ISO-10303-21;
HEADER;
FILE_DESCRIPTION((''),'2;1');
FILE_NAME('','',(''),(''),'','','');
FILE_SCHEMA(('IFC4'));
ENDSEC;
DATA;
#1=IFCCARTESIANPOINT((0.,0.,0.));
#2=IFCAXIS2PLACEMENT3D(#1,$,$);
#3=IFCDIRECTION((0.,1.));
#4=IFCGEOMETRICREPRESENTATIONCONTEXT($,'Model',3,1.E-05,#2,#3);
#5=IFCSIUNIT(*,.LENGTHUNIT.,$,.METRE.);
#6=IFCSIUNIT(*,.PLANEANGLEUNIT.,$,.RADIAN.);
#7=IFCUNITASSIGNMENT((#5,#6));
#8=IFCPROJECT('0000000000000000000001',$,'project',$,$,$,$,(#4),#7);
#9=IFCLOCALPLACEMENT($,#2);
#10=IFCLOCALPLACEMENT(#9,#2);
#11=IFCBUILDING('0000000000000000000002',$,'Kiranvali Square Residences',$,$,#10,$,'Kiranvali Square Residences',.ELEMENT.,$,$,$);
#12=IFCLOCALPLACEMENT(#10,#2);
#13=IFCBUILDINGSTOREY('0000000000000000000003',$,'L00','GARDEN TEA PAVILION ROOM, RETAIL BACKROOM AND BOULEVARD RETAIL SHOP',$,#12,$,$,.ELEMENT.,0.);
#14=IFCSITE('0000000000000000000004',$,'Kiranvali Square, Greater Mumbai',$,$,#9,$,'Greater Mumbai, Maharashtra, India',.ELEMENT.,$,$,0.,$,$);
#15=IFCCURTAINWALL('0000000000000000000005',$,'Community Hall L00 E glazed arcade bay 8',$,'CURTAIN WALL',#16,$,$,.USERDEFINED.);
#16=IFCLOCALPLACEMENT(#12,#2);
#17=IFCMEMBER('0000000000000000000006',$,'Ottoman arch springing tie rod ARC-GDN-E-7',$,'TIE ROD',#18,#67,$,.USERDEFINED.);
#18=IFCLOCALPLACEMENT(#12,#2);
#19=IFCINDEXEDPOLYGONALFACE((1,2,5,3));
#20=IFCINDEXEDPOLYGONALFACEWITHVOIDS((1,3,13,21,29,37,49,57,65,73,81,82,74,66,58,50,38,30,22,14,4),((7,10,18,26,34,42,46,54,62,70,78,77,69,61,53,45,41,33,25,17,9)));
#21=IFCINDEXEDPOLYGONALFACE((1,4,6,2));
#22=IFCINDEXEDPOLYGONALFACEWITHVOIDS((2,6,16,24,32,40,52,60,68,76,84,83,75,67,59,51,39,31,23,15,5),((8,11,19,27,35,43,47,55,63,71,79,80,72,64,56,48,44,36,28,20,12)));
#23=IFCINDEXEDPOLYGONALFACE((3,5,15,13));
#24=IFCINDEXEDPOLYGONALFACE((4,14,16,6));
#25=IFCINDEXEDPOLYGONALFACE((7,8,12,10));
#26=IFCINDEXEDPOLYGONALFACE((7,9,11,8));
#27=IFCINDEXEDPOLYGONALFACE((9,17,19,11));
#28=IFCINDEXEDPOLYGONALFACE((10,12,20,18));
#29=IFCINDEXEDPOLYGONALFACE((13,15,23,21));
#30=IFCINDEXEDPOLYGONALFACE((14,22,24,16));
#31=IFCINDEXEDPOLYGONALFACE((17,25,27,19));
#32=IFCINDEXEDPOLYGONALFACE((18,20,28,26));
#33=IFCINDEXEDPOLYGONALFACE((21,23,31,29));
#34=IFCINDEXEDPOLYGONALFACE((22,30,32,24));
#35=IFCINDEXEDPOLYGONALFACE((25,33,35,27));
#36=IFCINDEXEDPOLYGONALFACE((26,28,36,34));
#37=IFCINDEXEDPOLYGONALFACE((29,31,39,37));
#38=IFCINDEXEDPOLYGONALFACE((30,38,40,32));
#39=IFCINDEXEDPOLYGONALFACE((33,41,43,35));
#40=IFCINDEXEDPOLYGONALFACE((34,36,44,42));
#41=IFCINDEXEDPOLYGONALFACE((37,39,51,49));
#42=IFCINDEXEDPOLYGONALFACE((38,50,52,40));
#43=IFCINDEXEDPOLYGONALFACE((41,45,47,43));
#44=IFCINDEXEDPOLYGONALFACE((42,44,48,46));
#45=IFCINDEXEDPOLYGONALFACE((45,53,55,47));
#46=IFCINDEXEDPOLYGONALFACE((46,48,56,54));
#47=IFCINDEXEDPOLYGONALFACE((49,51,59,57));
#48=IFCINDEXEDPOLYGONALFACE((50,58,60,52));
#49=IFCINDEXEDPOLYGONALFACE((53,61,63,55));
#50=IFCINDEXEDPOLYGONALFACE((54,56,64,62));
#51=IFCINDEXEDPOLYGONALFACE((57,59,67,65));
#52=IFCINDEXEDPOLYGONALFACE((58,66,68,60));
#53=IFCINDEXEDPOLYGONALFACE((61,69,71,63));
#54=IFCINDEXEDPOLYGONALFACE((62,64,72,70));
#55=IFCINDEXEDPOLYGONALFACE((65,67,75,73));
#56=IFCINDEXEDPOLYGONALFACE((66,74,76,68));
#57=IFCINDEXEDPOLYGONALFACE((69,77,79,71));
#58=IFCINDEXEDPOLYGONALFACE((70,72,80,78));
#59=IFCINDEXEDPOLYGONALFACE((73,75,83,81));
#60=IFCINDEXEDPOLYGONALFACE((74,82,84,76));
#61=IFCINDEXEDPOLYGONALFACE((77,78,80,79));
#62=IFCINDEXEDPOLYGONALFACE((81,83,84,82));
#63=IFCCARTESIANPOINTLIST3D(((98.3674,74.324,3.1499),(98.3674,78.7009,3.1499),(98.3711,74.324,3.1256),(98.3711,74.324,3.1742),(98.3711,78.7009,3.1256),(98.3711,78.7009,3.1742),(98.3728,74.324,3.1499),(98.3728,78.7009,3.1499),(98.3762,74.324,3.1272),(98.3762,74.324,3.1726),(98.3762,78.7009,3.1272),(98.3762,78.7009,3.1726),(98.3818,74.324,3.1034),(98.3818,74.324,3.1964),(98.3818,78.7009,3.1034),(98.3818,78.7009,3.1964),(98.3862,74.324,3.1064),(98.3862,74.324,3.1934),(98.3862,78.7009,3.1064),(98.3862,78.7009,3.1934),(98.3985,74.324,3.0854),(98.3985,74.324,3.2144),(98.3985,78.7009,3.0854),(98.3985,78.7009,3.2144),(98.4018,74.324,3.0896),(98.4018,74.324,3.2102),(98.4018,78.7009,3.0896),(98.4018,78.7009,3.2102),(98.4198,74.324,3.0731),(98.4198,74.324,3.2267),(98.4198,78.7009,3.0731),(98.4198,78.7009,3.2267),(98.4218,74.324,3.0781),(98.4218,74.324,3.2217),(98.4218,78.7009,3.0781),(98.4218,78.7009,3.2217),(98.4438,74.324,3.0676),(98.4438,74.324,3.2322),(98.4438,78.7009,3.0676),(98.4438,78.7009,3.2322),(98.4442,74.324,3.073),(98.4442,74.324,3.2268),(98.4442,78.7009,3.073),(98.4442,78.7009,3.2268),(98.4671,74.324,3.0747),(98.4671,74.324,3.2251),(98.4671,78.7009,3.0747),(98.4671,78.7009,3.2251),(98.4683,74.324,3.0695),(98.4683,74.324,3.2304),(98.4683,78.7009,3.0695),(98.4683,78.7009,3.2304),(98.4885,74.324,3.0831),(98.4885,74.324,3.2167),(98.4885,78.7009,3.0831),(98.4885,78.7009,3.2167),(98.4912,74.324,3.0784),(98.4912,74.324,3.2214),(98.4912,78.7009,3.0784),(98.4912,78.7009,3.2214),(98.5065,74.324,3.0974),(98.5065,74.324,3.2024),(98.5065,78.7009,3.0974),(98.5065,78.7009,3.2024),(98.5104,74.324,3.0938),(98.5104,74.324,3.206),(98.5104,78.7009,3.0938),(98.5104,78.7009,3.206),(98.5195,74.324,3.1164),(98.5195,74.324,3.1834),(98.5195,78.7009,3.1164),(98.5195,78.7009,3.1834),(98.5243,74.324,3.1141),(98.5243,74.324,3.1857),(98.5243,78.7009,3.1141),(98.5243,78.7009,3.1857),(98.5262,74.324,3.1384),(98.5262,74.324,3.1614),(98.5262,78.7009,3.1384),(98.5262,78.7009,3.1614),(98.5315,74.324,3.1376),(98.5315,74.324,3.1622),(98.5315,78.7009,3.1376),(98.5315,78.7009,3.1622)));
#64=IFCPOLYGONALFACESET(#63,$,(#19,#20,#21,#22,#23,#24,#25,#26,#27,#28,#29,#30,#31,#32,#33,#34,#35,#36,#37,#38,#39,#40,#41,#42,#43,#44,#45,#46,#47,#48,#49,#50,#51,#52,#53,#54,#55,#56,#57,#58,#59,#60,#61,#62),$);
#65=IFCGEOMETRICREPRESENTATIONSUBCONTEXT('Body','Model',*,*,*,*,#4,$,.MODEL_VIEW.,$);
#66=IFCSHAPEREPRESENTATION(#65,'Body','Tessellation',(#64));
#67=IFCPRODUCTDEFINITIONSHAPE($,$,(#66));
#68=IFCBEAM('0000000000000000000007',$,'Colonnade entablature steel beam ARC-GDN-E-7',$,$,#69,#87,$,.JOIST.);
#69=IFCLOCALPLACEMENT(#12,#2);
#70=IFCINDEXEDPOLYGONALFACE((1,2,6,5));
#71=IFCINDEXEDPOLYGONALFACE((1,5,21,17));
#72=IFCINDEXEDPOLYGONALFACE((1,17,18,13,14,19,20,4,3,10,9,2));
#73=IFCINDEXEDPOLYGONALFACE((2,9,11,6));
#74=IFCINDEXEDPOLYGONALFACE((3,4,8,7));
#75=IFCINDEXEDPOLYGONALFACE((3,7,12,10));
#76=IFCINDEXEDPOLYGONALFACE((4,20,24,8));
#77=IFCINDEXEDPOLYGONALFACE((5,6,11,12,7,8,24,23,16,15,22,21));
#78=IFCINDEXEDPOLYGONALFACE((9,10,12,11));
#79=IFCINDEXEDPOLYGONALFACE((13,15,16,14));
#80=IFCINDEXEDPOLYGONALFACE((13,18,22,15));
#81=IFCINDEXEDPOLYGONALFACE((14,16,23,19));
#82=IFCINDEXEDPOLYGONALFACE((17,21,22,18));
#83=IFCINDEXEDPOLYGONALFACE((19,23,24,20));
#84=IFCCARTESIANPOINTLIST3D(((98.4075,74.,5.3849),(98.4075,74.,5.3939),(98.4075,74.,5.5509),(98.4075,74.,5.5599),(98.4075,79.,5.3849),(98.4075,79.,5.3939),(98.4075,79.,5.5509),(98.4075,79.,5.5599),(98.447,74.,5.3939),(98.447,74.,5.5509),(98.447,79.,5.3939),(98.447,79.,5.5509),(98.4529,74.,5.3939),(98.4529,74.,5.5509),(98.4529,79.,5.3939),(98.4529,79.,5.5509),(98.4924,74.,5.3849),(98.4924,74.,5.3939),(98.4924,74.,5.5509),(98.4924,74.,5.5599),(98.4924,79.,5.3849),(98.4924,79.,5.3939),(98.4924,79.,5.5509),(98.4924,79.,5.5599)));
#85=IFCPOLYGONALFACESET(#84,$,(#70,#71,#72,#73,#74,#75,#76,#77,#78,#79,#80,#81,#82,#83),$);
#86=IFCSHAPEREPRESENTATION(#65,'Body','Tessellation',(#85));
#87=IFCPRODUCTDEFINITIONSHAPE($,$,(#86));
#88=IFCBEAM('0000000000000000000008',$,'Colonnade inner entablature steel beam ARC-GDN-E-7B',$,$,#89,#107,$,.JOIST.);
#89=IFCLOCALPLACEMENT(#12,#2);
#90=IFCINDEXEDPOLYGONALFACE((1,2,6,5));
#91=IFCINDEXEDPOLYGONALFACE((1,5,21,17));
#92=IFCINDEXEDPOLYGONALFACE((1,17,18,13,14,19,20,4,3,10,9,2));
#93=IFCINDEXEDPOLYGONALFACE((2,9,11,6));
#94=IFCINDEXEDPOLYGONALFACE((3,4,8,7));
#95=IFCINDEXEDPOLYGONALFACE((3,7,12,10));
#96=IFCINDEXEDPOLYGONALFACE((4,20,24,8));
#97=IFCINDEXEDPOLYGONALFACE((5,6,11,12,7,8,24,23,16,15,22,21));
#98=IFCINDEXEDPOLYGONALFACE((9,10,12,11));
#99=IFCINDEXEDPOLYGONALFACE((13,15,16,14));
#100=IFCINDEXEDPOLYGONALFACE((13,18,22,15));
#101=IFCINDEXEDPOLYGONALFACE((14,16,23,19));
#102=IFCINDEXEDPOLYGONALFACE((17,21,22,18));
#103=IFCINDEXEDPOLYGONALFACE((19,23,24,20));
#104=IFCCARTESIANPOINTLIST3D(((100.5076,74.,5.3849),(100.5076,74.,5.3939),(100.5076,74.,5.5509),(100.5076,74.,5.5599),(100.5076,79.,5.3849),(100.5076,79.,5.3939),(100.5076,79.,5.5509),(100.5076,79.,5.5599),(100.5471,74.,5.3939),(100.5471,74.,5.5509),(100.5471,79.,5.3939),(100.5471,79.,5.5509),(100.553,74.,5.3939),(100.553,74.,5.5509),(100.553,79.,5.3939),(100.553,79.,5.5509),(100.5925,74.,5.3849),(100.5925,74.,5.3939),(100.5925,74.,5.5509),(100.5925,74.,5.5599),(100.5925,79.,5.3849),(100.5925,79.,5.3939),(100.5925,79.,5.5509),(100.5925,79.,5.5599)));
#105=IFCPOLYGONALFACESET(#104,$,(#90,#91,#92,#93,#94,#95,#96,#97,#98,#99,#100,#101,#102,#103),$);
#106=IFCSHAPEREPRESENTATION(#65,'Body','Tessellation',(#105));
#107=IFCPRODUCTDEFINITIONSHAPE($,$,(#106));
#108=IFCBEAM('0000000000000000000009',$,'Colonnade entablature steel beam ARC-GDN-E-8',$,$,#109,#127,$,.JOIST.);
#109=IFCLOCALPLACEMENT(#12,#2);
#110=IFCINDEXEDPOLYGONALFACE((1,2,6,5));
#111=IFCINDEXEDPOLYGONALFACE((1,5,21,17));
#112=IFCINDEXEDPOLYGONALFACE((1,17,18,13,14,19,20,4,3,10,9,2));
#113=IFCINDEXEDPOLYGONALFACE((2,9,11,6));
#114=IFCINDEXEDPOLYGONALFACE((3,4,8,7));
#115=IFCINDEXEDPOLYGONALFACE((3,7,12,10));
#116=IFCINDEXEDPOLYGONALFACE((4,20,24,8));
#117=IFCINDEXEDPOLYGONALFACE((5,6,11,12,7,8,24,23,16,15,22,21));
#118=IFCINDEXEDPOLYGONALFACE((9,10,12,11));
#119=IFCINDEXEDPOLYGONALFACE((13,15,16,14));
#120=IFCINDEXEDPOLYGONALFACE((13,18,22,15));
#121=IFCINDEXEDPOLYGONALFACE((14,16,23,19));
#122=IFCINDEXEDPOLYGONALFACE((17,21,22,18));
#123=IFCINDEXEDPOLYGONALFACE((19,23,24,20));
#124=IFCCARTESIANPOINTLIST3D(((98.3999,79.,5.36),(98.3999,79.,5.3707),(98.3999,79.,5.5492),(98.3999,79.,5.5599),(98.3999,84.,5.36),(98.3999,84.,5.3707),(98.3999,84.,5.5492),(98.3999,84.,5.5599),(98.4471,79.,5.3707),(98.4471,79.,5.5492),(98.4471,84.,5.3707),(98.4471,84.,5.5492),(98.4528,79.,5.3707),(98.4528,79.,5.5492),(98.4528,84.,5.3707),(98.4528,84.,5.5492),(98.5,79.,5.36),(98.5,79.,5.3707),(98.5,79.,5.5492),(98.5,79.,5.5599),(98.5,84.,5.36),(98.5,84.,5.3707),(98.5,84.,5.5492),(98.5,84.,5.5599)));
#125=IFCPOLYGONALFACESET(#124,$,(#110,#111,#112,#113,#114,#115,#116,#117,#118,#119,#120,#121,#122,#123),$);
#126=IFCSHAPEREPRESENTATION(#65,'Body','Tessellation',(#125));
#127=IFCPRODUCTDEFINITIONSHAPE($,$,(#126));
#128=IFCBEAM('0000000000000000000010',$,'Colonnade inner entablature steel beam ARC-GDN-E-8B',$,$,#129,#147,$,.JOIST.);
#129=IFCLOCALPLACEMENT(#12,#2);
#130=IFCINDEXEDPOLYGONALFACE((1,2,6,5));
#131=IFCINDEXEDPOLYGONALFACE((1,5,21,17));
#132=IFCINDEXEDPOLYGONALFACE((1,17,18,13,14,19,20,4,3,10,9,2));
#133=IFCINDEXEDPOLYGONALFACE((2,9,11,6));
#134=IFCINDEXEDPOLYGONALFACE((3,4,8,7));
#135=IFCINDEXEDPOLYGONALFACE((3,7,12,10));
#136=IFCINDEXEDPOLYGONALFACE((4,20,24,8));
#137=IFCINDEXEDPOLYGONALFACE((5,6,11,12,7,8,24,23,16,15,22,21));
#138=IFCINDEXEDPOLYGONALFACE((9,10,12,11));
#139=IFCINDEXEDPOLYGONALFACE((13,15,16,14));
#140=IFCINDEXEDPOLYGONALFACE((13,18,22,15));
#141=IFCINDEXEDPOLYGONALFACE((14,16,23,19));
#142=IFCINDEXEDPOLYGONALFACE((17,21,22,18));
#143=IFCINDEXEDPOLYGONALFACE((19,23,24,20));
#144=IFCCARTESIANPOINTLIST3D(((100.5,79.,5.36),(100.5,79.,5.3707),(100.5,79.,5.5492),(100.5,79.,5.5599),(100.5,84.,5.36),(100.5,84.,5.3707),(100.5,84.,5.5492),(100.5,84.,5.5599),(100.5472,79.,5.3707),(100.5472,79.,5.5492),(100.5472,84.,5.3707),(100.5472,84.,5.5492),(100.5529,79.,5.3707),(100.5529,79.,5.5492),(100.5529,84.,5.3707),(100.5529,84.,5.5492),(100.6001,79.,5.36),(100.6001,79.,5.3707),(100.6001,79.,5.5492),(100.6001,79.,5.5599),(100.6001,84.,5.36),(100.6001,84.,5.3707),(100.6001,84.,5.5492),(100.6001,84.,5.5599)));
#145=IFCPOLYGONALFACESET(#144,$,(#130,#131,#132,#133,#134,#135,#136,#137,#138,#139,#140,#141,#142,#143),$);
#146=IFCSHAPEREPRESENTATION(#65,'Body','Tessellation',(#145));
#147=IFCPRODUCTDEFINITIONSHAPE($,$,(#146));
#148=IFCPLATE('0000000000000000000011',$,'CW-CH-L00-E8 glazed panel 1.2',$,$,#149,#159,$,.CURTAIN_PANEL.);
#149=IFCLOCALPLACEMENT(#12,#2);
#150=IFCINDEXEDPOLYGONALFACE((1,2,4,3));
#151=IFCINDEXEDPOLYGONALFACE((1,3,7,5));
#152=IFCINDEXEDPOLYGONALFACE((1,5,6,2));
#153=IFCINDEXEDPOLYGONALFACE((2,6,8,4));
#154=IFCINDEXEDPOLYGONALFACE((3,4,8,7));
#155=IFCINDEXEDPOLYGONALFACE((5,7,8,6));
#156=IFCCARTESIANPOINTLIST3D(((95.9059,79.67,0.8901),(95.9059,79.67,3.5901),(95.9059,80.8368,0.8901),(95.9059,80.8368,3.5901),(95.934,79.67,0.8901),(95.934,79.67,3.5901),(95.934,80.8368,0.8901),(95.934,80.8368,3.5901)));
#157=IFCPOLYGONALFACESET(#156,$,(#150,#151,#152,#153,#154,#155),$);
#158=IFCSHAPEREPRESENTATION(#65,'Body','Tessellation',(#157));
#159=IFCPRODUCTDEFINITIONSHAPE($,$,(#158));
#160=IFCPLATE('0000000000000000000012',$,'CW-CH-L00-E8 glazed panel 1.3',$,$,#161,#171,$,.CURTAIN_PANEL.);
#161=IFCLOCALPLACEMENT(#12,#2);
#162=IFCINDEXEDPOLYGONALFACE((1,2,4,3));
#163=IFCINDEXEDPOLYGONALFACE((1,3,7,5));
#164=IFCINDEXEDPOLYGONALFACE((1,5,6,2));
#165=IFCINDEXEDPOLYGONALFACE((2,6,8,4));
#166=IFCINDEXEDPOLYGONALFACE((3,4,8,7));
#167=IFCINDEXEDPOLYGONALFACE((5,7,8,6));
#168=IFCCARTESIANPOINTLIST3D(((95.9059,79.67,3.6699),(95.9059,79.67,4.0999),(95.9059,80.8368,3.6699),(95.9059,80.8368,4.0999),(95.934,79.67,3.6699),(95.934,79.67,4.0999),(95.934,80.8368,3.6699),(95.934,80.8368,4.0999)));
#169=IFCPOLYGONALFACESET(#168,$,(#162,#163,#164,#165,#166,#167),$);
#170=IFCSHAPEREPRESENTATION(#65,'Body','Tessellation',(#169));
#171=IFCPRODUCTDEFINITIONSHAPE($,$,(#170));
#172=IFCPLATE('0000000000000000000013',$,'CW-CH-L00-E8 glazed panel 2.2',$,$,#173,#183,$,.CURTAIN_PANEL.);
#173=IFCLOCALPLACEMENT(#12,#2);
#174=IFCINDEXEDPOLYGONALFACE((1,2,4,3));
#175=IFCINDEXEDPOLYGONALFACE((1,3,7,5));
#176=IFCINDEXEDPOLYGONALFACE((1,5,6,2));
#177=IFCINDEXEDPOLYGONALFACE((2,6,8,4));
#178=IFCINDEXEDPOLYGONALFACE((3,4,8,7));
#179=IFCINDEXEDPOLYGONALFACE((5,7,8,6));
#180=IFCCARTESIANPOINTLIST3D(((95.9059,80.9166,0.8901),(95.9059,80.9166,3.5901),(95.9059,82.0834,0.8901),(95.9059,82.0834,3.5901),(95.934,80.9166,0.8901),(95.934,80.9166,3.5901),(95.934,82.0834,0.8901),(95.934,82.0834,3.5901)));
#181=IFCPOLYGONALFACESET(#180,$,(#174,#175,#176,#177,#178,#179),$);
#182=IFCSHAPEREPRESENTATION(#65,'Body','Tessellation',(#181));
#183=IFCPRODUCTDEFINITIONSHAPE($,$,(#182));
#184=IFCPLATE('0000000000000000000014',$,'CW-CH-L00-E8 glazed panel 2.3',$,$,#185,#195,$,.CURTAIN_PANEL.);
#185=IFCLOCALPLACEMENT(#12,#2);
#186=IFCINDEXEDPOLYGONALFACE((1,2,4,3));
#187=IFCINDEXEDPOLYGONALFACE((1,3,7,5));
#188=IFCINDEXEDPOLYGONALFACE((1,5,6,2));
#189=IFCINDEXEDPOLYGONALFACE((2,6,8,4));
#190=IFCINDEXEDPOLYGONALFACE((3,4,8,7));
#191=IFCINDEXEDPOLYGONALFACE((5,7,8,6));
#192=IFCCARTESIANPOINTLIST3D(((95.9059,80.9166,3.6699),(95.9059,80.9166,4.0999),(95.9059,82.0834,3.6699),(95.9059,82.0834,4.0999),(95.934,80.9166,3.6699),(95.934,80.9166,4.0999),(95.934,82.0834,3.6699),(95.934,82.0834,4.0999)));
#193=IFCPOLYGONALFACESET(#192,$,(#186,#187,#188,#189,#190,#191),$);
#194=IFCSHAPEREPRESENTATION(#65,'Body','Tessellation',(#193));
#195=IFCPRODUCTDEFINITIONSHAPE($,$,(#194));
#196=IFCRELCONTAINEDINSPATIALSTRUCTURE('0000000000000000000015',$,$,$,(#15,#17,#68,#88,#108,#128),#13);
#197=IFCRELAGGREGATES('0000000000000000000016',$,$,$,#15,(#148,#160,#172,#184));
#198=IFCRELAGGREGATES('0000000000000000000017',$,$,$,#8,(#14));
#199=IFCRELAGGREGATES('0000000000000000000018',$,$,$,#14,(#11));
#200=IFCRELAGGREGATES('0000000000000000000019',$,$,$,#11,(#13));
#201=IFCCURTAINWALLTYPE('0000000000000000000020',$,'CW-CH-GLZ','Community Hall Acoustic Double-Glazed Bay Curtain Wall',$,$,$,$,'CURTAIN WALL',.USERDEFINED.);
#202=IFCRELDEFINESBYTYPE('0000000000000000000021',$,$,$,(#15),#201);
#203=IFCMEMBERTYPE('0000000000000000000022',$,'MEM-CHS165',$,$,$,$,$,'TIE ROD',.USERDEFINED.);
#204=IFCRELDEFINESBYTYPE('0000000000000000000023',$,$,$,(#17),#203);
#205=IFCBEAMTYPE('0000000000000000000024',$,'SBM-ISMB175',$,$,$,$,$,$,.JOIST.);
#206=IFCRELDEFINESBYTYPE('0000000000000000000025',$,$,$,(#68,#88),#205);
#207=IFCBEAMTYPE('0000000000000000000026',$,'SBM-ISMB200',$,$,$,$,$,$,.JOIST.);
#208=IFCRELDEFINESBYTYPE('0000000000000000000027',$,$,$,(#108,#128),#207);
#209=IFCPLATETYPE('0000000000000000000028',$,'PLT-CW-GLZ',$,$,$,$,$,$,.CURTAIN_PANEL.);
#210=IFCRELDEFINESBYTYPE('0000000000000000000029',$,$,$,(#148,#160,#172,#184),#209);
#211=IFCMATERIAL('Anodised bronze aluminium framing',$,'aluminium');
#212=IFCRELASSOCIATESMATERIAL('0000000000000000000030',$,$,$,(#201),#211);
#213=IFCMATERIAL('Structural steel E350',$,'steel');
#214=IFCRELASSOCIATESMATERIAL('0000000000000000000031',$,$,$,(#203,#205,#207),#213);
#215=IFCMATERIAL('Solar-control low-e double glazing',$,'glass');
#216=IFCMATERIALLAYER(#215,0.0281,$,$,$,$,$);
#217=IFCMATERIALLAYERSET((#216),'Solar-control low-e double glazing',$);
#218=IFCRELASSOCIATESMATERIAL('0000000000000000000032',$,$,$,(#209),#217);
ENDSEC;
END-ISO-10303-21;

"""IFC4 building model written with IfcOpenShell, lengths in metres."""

from ifc_helpers import new_model, si_unit, direction, frame, origin, origin_2d, place, context, subcontext, project, spatial, rectangle, hollow_circle, i_section, extrude, material, layer, layer_set, material_profile, profile_set, type_object, element, aggregate, save


model = new_model("IFC4")

# Units and contexts
model_context = context("Model", 3, precision=1e-05, world=origin(), true_north=direction((0.0, 1.0)))
body_context = subcontext(model_context, "Body", "Model", "MODEL_VIEW")
ifc_project = project(units=[si_unit("LENGTHUNIT", "METRE"), si_unit("PLANEANGLEUNIT", "RADIAN")], contexts=[model_context])

# Site, building, storey
site_placement = place(None, origin())
site = spatial("IfcSite", under=ifc_project, at=site_placement, Name="Kiranvali Square, Greater Mumbai", LongName="Greater Mumbai, Maharashtra, India", CompositionType="ELEMENT", RefElevation=0.0)
building_placement = place(site_placement, origin())
building = spatial("IfcBuilding", under=site, at=building_placement, Name="Kiranvali Square Residences", LongName="Kiranvali Square Residences", CompositionType="ELEMENT")
storey_placement = place(building_placement, origin())
storey = spatial("IfcBuildingStorey", under=building, at=storey_placement, Name="L00", Description="GARDEN TEA PAVILION ROOM, RETAIL BACKROOM AND BOULEVARD RETAIL SHOP", CompositionType="ELEMENT", Elevation=0.0)

# Shared definitions
ifc_material_1 = material(Name="Anodised bronze aluminium framing", Category="aluminium")
curtain_wall_type = type_object("IfcCurtainWallType", Name="CW-CH-GLZ", Description="Community Hall Acoustic Double-Glazed Bay Curtain Wall", ElementType="CURTAIN WALL", PredefinedType="USERDEFINED", material=ifc_material_1)

# Curtain wall
curtain_wall_1_placement = place(storey_placement, origin())
curtain_wall_1 = element("IfcCurtainWall", 1, at=curtain_wall_1_placement, inside=storey, type_object=curtain_wall_type, Name="Community Hall L00 E glazed arcade bay 8", ObjectType="CURTAIN WALL", PredefinedType="USERDEFINED")

# Member
ifc_material_2 = material(Name="Structural steel E350", Category="steel")
ifc_material_profile_1 = material_profile(ifc_material_2, hollow_circle(Radius=0.0825, WallThickness=0.0054, at=origin_2d()), Name="CHS 165.1x5.4")
ifc_profile_set_1 = profile_set([ifc_material_profile_1], Name="Structural steel E350")
member_type_1 = type_object("IfcMemberType", Name="MEM-CHS165", ElementType="TIE ROD", PredefinedType="USERDEFINED", material=ifc_profile_set_1)
member_1_placement = place(storey_placement, frame((98.45, 74.324, 3.1499), z_axis=(0.0, 1.0, 0.0), x_axis=(-1.0, 0.0, 0.0)))
element("IfcMember", 2, at=member_1_placement, inside=storey, type_object=member_type_1, Name="Ottoman arch springing tie rod ARC-GDN-E-7", ObjectType="TIE ROD", PredefinedType="USERDEFINED", context=body_context, shape_type="SweptSolid", body=[
    extrude(hollow_circle(Radius=0.0825, WallThickness=0.0054, at=origin_2d()), origin(), (0.0, 0.0, 1.0), 4.377),
])

# Beams
ifc_material_profile_2 = material_profile(ifc_material_2, i_section(OverallWidth=0.085, OverallDepth=0.175, WebThickness=0.0059, FlangeThickness=0.009, at=origin_2d()), Name="ISMB 175")
ifc_profile_set_2 = profile_set([ifc_material_profile_2], Name="Structural steel E350")
beam_type_1 = type_object("IfcBeamType", Name="SBM-ISMB175", PredefinedType="JOIST", material=ifc_profile_set_2)
for number, where, z_axis, x_axis, name in (
    (3, (98.45, 74.0, 5.4724), (0.0, 1.0, 0.0), (-1.0, 0.0, 0.0), "Colonnade entablature steel beam ARC-GDN-E-7"),
    (4, (100.55, 74.0, 5.4724), (0.0, 1.0, 0.0), (-1.0, 0.0, 0.0), "Colonnade inner entablature steel beam ARC-GDN-E-7B"),
):
    element("IfcBeam", number, at=place(storey_placement, frame(where, z_axis=z_axis, x_axis=x_axis)), inside=storey, type_object=beam_type_1, Name=name, PredefinedType="JOIST", context=body_context, shape_type="SweptSolid", body=[
        extrude(i_section(OverallWidth=0.085, OverallDepth=0.175, WebThickness=0.0059, FlangeThickness=0.009, at=origin_2d()), origin(), (0.0, 0.0, 1.0), 5.0),
    ])
ifc_material_profile_3 = material_profile(ifc_material_2, i_section(OverallWidth=0.1001, OverallDepth=0.2, WebThickness=0.0056, FlangeThickness=0.0107, at=origin_2d()), Name="ISMB 200")
ifc_profile_set_3 = profile_set([ifc_material_profile_3], Name="Structural steel E350")
beam_type_2 = type_object("IfcBeamType", Name="SBM-ISMB200", PredefinedType="JOIST", material=ifc_profile_set_3)
for number, where, z_axis, x_axis, name in (
    (5, (98.45, 79.0, 5.46), (0.0, 1.0, 0.0), (-1.0, 0.0, 0.0), "Colonnade entablature steel beam ARC-GDN-E-8"),
    (6, (100.55, 79.0, 5.46), (0.0, 1.0, 0.0), (-1.0, 0.0, 0.0), "Colonnade inner entablature steel beam ARC-GDN-E-8B"),
):
    element("IfcBeam", number, at=place(storey_placement, frame(where, z_axis=z_axis, x_axis=x_axis)), inside=storey, type_object=beam_type_2, Name=name, PredefinedType="JOIST", context=body_context, shape_type="SweptSolid", body=[
        extrude(i_section(OverallWidth=0.1001, OverallDepth=0.2, WebThickness=0.0056, FlangeThickness=0.0107, at=origin_2d()), origin(), (0.0, 0.0, 1.0), 5.0),
    ])

# Plates
ifc_material_3 = material(Name="Solar-control low-e double glazing", Category="glass")
ifc_layer_1 = layer(ifc_material_3, 0.0281)
ifc_layer_set_1 = layer_set([ifc_layer_1], Name="Solar-control low-e double glazing")
plate_type_1 = type_object("IfcPlateType", Name="PLT-CW-GLZ", PredefinedType="CURTAIN_PANEL", material=ifc_layer_set_1)
plate_1_placement = place(storey_placement, frame((95.9199, 80.2534, 0.8901), z_axis=(0.0, 0.0, 1.0), x_axis=(0.0, 1.0, 0.0)))
plate_1 = element("IfcPlate", 7, at=plate_1_placement, type_object=plate_type_1, Name="CW-CH-L00-E8 glazed panel 1.2", PredefinedType="CURTAIN_PANEL", context=body_context, shape_type="SweptSolid", body=[
    extrude(rectangle(XDim=1.1667, YDim=0.0281, at=origin_2d()), origin(), (0.0, 0.0, 1.0), 2.7),
])
plate_2_placement = place(storey_placement, frame((95.9199, 80.2534, 3.6699), z_axis=(0.0, 0.0, 1.0), x_axis=(0.0, 1.0, 0.0)))
plate_2 = element("IfcPlate", 8, at=plate_2_placement, type_object=plate_type_1, Name="CW-CH-L00-E8 glazed panel 1.3", PredefinedType="CURTAIN_PANEL", context=body_context, shape_type="SweptSolid", body=[
    extrude(rectangle(XDim=1.1667, YDim=0.0281, at=origin_2d()), origin(), (0.0, 0.0, 1.0), 0.4299),
])
plate_3_placement = place(storey_placement, frame((95.9199, 81.5, 0.8901), z_axis=(0.0, 0.0, 1.0), x_axis=(0.0, 1.0, 0.0)))
plate_3 = element("IfcPlate", 9, at=plate_3_placement, type_object=plate_type_1, Name="CW-CH-L00-E8 glazed panel 2.2", PredefinedType="CURTAIN_PANEL", context=body_context, shape_type="SweptSolid", body=[
    extrude(rectangle(XDim=1.1667, YDim=0.0281, at=origin_2d()), origin(), (0.0, 0.0, 1.0), 2.7),
])
plate_4_placement = place(storey_placement, frame((95.9199, 81.5, 3.6699), z_axis=(0.0, 0.0, 1.0), x_axis=(0.0, 1.0, 0.0)))
plate_4 = element("IfcPlate", 10, at=plate_4_placement, type_object=plate_type_1, Name="CW-CH-L00-E8 glazed panel 2.3", PredefinedType="CURTAIN_PANEL", context=body_context, shape_type="SweptSolid", body=[
    extrude(rectangle(XDim=1.1667, YDim=0.0281, at=origin_2d()), origin(), (0.0, 0.0, 1.0), 0.4299),
])
aggregate(curtain_wall_1, [plate_1, plate_2, plate_3, plate_4])

save(model, "model.ifc")
